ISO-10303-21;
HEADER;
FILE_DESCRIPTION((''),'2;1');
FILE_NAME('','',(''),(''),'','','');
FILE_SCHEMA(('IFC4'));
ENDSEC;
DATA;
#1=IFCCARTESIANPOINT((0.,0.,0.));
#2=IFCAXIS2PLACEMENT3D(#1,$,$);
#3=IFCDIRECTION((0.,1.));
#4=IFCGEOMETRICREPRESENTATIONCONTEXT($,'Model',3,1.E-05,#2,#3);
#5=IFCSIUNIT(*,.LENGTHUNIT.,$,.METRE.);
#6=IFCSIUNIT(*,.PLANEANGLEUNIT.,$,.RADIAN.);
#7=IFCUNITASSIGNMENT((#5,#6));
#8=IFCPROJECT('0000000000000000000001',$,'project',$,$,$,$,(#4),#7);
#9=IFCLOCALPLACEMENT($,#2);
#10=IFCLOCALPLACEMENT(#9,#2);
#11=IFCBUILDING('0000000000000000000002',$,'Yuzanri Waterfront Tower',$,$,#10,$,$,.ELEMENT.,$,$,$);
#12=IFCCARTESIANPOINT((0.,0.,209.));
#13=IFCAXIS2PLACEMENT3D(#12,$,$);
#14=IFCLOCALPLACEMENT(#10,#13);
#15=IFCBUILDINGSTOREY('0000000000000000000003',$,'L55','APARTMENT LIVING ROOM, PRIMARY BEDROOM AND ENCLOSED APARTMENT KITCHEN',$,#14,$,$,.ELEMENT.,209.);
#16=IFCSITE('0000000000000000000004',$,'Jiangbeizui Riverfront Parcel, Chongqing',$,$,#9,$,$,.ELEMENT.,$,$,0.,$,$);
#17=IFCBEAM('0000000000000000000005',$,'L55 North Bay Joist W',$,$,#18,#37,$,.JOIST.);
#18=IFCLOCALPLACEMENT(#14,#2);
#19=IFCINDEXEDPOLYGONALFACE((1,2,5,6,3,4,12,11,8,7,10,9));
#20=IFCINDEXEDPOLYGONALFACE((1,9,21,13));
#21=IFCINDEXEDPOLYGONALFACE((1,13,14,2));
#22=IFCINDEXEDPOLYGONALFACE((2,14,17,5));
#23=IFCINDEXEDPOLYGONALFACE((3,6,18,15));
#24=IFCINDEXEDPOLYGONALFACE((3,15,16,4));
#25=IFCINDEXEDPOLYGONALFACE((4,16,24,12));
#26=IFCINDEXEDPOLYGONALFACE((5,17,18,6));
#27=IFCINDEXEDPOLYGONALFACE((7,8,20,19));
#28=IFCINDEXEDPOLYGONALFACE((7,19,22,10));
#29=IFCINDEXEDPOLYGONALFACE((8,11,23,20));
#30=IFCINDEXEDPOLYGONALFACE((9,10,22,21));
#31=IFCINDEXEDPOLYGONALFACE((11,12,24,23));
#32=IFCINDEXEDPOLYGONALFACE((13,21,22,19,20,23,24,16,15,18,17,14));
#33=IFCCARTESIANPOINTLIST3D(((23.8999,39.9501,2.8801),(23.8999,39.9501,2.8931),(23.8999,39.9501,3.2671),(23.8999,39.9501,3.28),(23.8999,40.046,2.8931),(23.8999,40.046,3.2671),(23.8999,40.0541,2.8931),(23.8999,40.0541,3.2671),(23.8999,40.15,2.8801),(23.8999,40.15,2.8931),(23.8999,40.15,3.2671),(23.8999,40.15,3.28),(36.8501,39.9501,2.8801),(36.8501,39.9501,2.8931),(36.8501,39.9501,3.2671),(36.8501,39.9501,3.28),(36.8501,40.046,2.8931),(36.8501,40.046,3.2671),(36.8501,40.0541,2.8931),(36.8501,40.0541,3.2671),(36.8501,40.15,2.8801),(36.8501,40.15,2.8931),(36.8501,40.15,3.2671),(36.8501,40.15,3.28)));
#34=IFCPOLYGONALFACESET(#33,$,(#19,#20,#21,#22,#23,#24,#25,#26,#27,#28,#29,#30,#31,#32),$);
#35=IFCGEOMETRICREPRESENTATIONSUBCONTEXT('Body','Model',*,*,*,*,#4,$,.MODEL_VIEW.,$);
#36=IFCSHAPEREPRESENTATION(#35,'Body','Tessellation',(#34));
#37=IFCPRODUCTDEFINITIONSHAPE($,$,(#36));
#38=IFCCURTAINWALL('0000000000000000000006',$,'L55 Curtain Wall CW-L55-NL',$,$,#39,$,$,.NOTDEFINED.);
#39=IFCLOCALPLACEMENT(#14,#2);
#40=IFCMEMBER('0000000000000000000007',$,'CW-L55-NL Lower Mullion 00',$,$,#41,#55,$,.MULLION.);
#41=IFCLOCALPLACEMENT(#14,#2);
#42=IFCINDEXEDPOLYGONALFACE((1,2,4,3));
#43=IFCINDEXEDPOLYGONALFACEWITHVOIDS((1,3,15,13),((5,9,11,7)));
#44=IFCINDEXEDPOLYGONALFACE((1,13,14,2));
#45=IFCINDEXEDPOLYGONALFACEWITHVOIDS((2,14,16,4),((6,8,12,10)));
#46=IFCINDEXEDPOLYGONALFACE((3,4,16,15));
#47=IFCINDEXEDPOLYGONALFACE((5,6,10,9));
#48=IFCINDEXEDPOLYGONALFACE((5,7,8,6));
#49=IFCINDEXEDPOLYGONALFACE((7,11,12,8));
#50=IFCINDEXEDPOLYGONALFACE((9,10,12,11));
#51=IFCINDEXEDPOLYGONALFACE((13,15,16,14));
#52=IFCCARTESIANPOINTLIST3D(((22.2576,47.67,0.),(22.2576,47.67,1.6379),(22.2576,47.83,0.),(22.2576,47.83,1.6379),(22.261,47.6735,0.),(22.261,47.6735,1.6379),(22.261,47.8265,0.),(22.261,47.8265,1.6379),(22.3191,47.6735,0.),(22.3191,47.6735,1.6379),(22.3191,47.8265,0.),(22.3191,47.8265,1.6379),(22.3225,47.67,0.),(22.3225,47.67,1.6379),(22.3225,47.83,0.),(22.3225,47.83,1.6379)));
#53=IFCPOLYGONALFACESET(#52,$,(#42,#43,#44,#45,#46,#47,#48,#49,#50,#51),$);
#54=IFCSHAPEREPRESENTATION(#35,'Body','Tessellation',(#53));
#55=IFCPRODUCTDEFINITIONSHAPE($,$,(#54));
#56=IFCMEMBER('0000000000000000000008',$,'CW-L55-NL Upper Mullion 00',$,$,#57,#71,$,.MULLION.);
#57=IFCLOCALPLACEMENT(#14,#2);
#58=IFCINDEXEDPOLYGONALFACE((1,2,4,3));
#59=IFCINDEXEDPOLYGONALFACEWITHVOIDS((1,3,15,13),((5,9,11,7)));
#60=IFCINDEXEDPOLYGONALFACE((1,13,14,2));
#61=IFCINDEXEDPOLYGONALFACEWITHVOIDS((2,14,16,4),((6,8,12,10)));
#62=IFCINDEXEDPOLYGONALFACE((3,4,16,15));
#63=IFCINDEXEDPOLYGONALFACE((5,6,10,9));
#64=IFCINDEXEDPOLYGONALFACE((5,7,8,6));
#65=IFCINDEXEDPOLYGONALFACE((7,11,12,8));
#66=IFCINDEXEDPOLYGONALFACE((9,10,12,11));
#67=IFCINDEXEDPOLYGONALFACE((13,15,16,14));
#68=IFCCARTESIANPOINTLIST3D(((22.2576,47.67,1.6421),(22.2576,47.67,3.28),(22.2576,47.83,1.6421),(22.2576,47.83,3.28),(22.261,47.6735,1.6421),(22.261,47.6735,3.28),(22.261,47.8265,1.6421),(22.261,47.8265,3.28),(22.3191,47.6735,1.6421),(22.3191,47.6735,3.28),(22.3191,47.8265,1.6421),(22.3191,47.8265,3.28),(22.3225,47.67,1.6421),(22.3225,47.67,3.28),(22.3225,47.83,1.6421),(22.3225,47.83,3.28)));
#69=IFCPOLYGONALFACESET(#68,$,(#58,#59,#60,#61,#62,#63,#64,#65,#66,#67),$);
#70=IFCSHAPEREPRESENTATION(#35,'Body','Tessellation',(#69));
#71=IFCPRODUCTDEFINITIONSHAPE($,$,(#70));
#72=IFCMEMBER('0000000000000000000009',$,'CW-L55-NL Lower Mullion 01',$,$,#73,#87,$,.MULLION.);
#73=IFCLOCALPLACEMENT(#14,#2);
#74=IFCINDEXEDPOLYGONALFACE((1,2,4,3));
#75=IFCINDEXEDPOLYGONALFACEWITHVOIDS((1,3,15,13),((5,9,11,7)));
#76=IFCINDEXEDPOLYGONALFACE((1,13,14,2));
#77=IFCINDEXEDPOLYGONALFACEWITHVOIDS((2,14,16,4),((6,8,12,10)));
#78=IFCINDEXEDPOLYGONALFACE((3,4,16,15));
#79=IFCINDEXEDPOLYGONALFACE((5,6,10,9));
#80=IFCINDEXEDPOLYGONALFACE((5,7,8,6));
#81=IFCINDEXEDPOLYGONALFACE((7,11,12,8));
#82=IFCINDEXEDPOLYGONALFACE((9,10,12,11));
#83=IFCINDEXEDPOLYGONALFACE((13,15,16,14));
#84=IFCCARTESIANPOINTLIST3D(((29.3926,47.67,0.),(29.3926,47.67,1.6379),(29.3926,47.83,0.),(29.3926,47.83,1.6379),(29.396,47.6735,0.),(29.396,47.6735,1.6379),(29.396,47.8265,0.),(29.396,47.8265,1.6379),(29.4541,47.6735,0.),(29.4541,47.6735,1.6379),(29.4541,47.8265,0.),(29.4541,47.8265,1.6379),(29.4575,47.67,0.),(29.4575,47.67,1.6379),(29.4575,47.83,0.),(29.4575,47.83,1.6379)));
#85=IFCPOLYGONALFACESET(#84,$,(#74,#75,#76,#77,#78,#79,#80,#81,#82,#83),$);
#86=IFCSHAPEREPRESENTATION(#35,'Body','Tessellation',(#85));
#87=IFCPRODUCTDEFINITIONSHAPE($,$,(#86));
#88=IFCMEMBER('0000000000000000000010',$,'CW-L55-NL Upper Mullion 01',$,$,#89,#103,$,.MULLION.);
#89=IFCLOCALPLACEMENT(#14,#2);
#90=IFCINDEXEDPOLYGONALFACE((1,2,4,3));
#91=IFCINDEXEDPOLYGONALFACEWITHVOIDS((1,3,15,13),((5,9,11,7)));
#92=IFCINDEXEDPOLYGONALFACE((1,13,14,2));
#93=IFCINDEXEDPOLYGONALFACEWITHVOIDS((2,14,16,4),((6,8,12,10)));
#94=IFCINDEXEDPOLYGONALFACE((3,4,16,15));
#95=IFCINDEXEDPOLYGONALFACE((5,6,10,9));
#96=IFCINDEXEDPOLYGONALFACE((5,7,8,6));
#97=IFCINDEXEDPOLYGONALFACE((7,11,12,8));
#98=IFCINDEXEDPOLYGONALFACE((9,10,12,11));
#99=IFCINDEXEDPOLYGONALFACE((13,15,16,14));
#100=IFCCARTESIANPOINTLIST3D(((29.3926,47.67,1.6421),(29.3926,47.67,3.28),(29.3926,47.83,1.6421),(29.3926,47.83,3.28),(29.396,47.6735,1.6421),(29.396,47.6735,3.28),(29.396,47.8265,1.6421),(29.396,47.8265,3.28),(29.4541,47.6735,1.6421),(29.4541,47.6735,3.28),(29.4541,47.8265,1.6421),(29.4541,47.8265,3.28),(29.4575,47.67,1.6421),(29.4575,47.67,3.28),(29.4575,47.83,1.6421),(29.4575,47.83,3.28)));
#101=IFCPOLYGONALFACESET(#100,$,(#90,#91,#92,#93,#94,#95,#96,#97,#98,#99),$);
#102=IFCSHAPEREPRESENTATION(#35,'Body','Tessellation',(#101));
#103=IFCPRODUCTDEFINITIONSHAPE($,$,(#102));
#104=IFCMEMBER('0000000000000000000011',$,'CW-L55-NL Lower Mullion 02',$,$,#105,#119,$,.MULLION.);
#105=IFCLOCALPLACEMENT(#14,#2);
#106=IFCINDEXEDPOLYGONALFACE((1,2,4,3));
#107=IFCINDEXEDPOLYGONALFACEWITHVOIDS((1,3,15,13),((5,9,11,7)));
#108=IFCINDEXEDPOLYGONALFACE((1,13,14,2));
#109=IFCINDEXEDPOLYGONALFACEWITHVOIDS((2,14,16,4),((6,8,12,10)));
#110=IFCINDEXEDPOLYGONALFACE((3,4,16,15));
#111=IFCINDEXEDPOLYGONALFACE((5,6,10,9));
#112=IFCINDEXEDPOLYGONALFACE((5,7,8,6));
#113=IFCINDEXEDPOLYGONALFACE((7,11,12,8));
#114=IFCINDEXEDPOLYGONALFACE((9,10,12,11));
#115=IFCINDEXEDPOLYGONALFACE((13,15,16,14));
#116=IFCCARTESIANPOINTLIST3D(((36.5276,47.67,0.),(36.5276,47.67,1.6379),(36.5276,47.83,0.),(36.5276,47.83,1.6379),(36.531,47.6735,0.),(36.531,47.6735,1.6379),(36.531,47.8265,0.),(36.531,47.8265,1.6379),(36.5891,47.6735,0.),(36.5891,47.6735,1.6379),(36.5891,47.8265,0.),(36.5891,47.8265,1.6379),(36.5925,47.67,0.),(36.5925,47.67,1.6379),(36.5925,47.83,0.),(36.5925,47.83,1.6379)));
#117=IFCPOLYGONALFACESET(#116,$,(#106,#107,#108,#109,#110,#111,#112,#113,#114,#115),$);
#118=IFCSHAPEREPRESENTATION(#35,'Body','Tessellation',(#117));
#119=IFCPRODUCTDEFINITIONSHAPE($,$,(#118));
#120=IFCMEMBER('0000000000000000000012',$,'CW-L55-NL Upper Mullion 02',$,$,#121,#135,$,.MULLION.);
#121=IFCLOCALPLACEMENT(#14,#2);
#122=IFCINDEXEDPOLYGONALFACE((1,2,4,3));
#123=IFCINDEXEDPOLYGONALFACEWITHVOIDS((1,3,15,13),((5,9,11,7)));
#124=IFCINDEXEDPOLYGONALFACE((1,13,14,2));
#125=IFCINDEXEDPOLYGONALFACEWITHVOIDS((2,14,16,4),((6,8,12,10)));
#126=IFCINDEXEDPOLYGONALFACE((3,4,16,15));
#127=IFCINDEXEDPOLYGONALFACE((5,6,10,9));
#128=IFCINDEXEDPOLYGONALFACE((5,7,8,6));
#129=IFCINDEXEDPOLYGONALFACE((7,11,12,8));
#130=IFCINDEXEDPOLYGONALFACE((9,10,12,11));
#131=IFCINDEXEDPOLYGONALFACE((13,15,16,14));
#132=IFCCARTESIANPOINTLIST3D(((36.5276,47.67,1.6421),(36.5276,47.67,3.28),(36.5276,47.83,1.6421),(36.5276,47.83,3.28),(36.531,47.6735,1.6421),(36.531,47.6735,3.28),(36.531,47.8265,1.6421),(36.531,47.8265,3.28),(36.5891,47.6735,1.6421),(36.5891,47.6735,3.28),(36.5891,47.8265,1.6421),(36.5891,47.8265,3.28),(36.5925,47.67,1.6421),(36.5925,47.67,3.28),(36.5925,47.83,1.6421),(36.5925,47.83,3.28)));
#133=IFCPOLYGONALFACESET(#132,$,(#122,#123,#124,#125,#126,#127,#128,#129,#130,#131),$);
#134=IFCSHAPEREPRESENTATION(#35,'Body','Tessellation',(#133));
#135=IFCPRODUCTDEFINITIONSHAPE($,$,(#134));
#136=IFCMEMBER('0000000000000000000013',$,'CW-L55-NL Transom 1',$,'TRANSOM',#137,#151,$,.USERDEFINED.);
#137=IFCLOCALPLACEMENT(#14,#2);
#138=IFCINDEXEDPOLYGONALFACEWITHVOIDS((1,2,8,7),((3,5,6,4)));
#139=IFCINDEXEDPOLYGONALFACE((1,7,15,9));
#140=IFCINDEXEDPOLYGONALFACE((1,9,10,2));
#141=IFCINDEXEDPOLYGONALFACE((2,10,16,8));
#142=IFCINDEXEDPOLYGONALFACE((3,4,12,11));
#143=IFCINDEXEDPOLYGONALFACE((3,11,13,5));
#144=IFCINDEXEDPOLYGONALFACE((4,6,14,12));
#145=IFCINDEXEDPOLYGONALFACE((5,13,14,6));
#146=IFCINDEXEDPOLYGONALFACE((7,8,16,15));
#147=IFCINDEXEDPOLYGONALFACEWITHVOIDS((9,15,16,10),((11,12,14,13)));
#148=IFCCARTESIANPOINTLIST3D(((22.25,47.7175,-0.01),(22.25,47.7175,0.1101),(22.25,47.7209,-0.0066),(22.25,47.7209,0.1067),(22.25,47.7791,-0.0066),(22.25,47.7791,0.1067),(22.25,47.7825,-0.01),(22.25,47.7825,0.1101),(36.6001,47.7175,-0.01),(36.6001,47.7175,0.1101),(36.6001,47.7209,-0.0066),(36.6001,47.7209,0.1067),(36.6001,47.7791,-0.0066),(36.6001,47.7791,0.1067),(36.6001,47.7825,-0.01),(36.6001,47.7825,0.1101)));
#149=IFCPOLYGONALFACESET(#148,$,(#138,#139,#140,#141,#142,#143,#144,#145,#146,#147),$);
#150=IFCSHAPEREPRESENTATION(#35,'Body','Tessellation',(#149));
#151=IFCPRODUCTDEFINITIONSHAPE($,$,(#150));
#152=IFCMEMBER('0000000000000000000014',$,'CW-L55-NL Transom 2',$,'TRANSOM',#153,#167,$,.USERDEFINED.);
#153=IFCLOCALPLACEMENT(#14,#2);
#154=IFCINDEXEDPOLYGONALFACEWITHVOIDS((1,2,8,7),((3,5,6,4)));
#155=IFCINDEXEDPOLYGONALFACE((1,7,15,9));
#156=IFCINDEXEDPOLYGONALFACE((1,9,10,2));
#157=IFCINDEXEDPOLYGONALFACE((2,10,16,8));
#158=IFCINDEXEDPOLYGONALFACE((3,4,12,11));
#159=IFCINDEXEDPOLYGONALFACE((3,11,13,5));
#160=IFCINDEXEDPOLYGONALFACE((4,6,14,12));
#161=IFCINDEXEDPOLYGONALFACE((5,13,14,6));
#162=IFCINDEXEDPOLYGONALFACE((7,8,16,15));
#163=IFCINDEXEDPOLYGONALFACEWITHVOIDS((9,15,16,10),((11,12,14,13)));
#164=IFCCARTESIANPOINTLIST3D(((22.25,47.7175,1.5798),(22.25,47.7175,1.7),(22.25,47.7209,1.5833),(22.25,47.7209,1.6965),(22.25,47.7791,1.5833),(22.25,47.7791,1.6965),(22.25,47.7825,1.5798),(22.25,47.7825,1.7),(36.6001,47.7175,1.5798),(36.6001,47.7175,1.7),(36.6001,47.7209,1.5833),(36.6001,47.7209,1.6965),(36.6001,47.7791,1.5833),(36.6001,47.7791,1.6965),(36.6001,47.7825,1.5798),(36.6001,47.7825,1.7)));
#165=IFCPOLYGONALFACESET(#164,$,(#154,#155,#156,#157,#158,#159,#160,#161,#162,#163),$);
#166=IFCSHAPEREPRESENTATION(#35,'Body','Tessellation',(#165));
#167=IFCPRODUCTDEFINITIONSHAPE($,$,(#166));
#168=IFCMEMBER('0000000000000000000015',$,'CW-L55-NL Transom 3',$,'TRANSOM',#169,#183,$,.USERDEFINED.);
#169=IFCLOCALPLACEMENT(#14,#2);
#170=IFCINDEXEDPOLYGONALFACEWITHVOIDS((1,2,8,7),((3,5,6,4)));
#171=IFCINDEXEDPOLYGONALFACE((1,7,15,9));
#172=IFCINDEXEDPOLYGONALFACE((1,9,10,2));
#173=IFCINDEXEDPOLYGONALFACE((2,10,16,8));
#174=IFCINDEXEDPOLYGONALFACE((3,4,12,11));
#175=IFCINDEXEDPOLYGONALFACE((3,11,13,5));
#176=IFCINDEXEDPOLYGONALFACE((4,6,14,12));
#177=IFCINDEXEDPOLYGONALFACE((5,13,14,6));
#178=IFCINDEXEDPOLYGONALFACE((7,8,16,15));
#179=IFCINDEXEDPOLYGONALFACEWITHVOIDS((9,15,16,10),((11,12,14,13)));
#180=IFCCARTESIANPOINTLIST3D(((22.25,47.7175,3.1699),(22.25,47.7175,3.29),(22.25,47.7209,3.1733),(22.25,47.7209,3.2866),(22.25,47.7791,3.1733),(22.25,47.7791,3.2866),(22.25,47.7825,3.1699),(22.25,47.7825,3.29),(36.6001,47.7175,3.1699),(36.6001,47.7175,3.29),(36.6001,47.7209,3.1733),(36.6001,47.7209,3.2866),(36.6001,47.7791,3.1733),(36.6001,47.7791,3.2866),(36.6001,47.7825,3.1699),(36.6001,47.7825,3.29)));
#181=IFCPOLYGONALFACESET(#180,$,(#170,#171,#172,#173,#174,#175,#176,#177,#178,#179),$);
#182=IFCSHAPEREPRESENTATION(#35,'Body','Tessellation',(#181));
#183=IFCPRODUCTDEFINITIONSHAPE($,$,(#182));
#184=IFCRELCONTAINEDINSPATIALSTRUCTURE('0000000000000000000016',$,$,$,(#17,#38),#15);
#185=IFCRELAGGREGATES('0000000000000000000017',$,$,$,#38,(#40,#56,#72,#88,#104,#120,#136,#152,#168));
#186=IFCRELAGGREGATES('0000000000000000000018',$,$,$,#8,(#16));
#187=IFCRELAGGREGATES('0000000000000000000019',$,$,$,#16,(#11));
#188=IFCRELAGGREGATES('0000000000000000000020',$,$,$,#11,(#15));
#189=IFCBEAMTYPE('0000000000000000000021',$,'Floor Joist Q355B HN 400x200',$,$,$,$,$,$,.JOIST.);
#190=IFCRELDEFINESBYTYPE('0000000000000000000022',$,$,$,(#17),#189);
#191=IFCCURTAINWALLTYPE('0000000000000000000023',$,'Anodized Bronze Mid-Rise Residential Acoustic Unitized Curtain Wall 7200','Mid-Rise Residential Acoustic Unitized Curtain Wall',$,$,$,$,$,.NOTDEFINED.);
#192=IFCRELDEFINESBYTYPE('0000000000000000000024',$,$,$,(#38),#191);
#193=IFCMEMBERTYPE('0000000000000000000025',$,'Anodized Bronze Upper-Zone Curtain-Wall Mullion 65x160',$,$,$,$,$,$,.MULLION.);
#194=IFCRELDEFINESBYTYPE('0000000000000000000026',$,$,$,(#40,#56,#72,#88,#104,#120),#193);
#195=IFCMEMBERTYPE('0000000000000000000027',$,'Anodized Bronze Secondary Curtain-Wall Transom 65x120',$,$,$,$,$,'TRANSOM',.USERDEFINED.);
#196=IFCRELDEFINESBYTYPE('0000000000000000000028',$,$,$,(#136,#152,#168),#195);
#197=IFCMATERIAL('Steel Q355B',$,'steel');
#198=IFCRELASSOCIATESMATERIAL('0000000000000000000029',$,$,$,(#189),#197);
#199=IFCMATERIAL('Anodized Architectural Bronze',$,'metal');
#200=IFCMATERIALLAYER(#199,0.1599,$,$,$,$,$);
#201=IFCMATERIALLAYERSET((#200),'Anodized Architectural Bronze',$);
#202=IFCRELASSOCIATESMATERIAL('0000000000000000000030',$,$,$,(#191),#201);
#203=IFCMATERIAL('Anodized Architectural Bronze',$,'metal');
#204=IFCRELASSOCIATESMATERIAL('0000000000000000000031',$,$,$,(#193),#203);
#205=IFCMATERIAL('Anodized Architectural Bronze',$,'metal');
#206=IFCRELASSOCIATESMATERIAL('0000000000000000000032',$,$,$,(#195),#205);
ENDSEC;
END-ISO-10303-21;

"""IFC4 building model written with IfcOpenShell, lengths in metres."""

from ifc_helpers import new_model, si_unit, direction, frame, origin, origin_2d, place, context, subcontext, project, spatial, hollow_rectangle, i_section, extrude, source, transform, mapped, material, layer, layer_set, material_profile, profile_set, type_object, element, aggregate, save


model = new_model("IFC4")

# Units and contexts
model_context = context("Model", 3, precision=1e-05, world=origin(), true_north=direction((0.0, 1.0)))
body_context = subcontext(model_context, "Body", "Model", "MODEL_VIEW")
ifc_project = project(units=[si_unit("LENGTHUNIT", "METRE"), si_unit("PLANEANGLEUNIT", "RADIAN")], contexts=[model_context])

# Site, building, storey
site_placement = place(None, origin())
site = spatial("IfcSite", under=ifc_project, at=site_placement, Name="Jiangbeizui Riverfront Parcel, Chongqing", CompositionType="ELEMENT", RefElevation=0.0)
building_placement = place(site_placement, origin())
building = spatial("IfcBuilding", under=site, at=building_placement, Name="Yuzanri Waterfront Tower", CompositionType="ELEMENT")
storey_placement = place(building_placement, frame((0.0, 0.0, 209.0)))
storey = spatial("IfcBuildingStorey", under=building, at=storey_placement, Name="L55", Description="APARTMENT LIVING ROOM, PRIMARY BEDROOM AND ENCLOSED APARTMENT KITCHEN", CompositionType="ELEMENT", Elevation=209.0)

# Beam
ifc_material_1 = material(Name="Steel Q355B", Category="steel")
ifc_material_profile_1 = material_profile(ifc_material_1, i_section(OverallWidth=0.2, OverallDepth=0.3999, WebThickness=0.0081, FlangeThickness=0.0129, at=origin_2d()), Name="HN 400x200x8x13")
ifc_profile_set_1 = profile_set([ifc_material_profile_1], Name="Steel Q355B")
beam_type = type_object("IfcBeamType", Name="Floor Joist Q355B HN 400x200", PredefinedType="JOIST", material=ifc_profile_set_1)
shared_shape_1 = source(origin(), body_context, "Body", "SweptSolid", [
    extrude(i_section(OverallWidth=0.2, OverallDepth=0.3999, WebThickness=0.0081, FlangeThickness=0.0129, at=origin_2d()), origin(), (0.0, 0.0, 1.0), 12.9502),
])
beam_placement = place(storey_placement, frame((23.8999, 40.05, 3.0801), z_axis=(1.0, 0.0, 0.0), x_axis=(0.0, 1.0, 0.0)))
element("IfcBeam", 1, at=beam_placement, inside=storey, type_object=beam_type, Name="L55 North Bay Joist W", PredefinedType="JOIST", context=body_context, shape_type="MappedRepresentation", body=[
    mapped(shared_shape_1, transform((0.0, 0.0, 0.0), scale=1.0)),
])

# Curtain wall, members
ifc_material_2 = material(Name="Anodized Architectural Bronze", Category="metal")
ifc_layer_1 = layer(ifc_material_2, 0.1599)
ifc_layer_set_1 = layer_set([ifc_layer_1], Name="Anodized Architectural Bronze")
curtain_wall_type = type_object("IfcCurtainWallType", Name="Anodized Bronze Mid-Rise Residential Acoustic Unitized Curtain Wall 7200", Description="Mid-Rise Residential Acoustic Unitized Curtain Wall", PredefinedType="NOTDEFINED", material=ifc_layer_set_1)
curtain_wall_placement = place(storey_placement, origin())
curtain_wall = element("IfcCurtainWall", 2, at=curtain_wall_placement, inside=storey, type_object=curtain_wall_type, Name="L55 Curtain Wall CW-L55-NL", PredefinedType="NOTDEFINED")
ifc_material_3 = material(Name="Anodized Architectural Bronze", Category="metal")
ifc_material_profile_2 = material_profile(ifc_material_3, hollow_rectangle(XDim=0.0649, YDim=0.1599, WallThickness=0.0034, at=origin_2d()), Name="CWM 65x160")
ifc_profile_set_2 = profile_set([ifc_material_profile_2], Name="Anodized Architectural Bronze")
member_type_1 = type_object("IfcMemberType", Name="Anodized Bronze Upper-Zone Curtain-Wall Mullion 65x160", PredefinedType="MULLION", material=ifc_profile_set_2)
shared_shape_2 = source(origin(), body_context, "Body", "SweptSolid", [
    extrude(hollow_rectangle(XDim=0.0649, YDim=0.1599, WallThickness=0.0034, at=origin_2d()), origin(), (0.0, 0.0, 1.0), 1.6379),
])
member_1_placement = place(storey_placement, frame((22.29, 47.75, 0.0), z_axis=(0.0, 0.0, 1.0), x_axis=(1.0, 0.0, 0.0)))
member_1 = element("IfcMember", 3, at=member_1_placement, type_object=member_type_1, Name="CW-L55-NL Lower Mullion 00", PredefinedType="MULLION", context=body_context, shape_type="MappedRepresentation", body=[
    mapped(shared_shape_2, transform((0.0, 0.0, 0.0), scale=1.0)),
])
member_2_placement = place(storey_placement, frame((22.29, 47.75, 1.6421), z_axis=(0.0, 0.0, 1.0), x_axis=(1.0, 0.0, 0.0)))
member_2 = element("IfcMember", 4, at=member_2_placement, type_object=member_type_1, Name="CW-L55-NL Upper Mullion 00", PredefinedType="MULLION", context=body_context, shape_type="MappedRepresentation", body=[
    mapped(shared_shape_2, transform((0.0, 0.0, 0.0), scale=1.0)),
])
member_3_placement = place(storey_placement, frame((29.425, 47.75, 0.0), z_axis=(0.0, 0.0, 1.0), x_axis=(1.0, 0.0, 0.0)))
member_3 = element("IfcMember", 5, at=member_3_placement, type_object=member_type_1, Name="CW-L55-NL Lower Mullion 01", PredefinedType="MULLION", context=body_context, shape_type="MappedRepresentation", body=[
    mapped(shared_shape_2, transform((0.0, 0.0, 0.0), scale=1.0)),
])
member_4_placement = place(storey_placement, frame((29.425, 47.75, 1.6421), z_axis=(0.0, 0.0, 1.0), x_axis=(1.0, 0.0, 0.0)))
member_4 = element("IfcMember", 6, at=member_4_placement, type_object=member_type_1, Name="CW-L55-NL Upper Mullion 01", PredefinedType="MULLION", context=body_context, shape_type="MappedRepresentation", body=[
    mapped(shared_shape_2, transform((0.0, 0.0, 0.0), scale=1.0)),
])
member_5_placement = place(storey_placement, frame((36.5601, 47.75, 0.0), z_axis=(0.0, 0.0, 1.0), x_axis=(1.0, 0.0, 0.0)))
member_5 = element("IfcMember", 7, at=member_5_placement, type_object=member_type_1, Name="CW-L55-NL Lower Mullion 02", PredefinedType="MULLION", context=body_context, shape_type="MappedRepresentation", body=[
    mapped(shared_shape_2, transform((0.0, 0.0, 0.0), scale=1.0)),
])
member_6_placement = place(storey_placement, frame((36.5601, 47.75, 1.6421), z_axis=(0.0, 0.0, 1.0), x_axis=(1.0, 0.0, 0.0)))
member_6 = element("IfcMember", 8, at=member_6_placement, type_object=member_type_1, Name="CW-L55-NL Upper Mullion 02", PredefinedType="MULLION", context=body_context, shape_type="MappedRepresentation", body=[
    mapped(shared_shape_2, transform((0.0, 0.0, 0.0), scale=1.0)),
])
ifc_material_4 = material(Name="Anodized Architectural Bronze", Category="metal")
ifc_material_profile_3 = material_profile(ifc_material_4, hollow_rectangle(XDim=0.0649, YDim=0.1201, WallThickness=0.0034, at=origin_2d()), Name="CWT 65x120")
ifc_profile_set_3 = profile_set([ifc_material_profile_3], Name="Anodized Architectural Bronze")
member_type_2 = type_object("IfcMemberType", Name="Anodized Bronze Secondary Curtain-Wall Transom 65x120", ElementType="TRANSOM", PredefinedType="USERDEFINED", material=ifc_profile_set_3)
shared_shape_3 = source(origin(), body_context, "Body", "SweptSolid", [
    extrude(hollow_rectangle(XDim=0.0649, YDim=0.1201, WallThickness=0.0034, at=origin_2d()), origin(), (0.0, 0.0, 1.0), 14.3501),
])
member_7_placement = place(storey_placement, frame((22.25, 47.75, 0.05), z_axis=(1.0, 0.0, 0.0), x_axis=(0.0, 1.0, 0.0)))
member_7 = element("IfcMember", 9, at=member_7_placement, type_object=member_type_2, Name="CW-L55-NL Transom 1", ObjectType="TRANSOM", PredefinedType="USERDEFINED", context=body_context, shape_type="MappedRepresentation", body=[
    mapped(shared_shape_3, transform((0.0, 0.0, 0.0), scale=1.0)),
])
member_8_placement = place(storey_placement, frame((22.25, 47.75, 1.6399), z_axis=(1.0, 0.0, 0.0), x_axis=(0.0, 1.0, 0.0)))
member_8 = element("IfcMember", 10, at=member_8_placement, type_object=member_type_2, Name="CW-L55-NL Transom 2", ObjectType="TRANSOM", PredefinedType="USERDEFINED", context=body_context, shape_type="MappedRepresentation", body=[
    mapped(shared_shape_3, transform((0.0, 0.0, 0.0), scale=1.0)),
])
member_9_placement = place(storey_placement, frame((22.25, 47.75, 3.23), z_axis=(1.0, 0.0, 0.0), x_axis=(0.0, 1.0, 0.0)))
member_9 = element("IfcMember", 11, at=member_9_placement, type_object=member_type_2, Name="CW-L55-NL Transom 3", ObjectType="TRANSOM", PredefinedType="USERDEFINED", context=body_context, shape_type="MappedRepresentation", body=[
    mapped(shared_shape_3, transform((0.0, 0.0, 0.0), scale=1.0)),
])
aggregate(curtain_wall, [member_1, member_2, member_3, member_4, member_5, member_6, member_7, member_8, member_9])

save(model, "model.ifc")
